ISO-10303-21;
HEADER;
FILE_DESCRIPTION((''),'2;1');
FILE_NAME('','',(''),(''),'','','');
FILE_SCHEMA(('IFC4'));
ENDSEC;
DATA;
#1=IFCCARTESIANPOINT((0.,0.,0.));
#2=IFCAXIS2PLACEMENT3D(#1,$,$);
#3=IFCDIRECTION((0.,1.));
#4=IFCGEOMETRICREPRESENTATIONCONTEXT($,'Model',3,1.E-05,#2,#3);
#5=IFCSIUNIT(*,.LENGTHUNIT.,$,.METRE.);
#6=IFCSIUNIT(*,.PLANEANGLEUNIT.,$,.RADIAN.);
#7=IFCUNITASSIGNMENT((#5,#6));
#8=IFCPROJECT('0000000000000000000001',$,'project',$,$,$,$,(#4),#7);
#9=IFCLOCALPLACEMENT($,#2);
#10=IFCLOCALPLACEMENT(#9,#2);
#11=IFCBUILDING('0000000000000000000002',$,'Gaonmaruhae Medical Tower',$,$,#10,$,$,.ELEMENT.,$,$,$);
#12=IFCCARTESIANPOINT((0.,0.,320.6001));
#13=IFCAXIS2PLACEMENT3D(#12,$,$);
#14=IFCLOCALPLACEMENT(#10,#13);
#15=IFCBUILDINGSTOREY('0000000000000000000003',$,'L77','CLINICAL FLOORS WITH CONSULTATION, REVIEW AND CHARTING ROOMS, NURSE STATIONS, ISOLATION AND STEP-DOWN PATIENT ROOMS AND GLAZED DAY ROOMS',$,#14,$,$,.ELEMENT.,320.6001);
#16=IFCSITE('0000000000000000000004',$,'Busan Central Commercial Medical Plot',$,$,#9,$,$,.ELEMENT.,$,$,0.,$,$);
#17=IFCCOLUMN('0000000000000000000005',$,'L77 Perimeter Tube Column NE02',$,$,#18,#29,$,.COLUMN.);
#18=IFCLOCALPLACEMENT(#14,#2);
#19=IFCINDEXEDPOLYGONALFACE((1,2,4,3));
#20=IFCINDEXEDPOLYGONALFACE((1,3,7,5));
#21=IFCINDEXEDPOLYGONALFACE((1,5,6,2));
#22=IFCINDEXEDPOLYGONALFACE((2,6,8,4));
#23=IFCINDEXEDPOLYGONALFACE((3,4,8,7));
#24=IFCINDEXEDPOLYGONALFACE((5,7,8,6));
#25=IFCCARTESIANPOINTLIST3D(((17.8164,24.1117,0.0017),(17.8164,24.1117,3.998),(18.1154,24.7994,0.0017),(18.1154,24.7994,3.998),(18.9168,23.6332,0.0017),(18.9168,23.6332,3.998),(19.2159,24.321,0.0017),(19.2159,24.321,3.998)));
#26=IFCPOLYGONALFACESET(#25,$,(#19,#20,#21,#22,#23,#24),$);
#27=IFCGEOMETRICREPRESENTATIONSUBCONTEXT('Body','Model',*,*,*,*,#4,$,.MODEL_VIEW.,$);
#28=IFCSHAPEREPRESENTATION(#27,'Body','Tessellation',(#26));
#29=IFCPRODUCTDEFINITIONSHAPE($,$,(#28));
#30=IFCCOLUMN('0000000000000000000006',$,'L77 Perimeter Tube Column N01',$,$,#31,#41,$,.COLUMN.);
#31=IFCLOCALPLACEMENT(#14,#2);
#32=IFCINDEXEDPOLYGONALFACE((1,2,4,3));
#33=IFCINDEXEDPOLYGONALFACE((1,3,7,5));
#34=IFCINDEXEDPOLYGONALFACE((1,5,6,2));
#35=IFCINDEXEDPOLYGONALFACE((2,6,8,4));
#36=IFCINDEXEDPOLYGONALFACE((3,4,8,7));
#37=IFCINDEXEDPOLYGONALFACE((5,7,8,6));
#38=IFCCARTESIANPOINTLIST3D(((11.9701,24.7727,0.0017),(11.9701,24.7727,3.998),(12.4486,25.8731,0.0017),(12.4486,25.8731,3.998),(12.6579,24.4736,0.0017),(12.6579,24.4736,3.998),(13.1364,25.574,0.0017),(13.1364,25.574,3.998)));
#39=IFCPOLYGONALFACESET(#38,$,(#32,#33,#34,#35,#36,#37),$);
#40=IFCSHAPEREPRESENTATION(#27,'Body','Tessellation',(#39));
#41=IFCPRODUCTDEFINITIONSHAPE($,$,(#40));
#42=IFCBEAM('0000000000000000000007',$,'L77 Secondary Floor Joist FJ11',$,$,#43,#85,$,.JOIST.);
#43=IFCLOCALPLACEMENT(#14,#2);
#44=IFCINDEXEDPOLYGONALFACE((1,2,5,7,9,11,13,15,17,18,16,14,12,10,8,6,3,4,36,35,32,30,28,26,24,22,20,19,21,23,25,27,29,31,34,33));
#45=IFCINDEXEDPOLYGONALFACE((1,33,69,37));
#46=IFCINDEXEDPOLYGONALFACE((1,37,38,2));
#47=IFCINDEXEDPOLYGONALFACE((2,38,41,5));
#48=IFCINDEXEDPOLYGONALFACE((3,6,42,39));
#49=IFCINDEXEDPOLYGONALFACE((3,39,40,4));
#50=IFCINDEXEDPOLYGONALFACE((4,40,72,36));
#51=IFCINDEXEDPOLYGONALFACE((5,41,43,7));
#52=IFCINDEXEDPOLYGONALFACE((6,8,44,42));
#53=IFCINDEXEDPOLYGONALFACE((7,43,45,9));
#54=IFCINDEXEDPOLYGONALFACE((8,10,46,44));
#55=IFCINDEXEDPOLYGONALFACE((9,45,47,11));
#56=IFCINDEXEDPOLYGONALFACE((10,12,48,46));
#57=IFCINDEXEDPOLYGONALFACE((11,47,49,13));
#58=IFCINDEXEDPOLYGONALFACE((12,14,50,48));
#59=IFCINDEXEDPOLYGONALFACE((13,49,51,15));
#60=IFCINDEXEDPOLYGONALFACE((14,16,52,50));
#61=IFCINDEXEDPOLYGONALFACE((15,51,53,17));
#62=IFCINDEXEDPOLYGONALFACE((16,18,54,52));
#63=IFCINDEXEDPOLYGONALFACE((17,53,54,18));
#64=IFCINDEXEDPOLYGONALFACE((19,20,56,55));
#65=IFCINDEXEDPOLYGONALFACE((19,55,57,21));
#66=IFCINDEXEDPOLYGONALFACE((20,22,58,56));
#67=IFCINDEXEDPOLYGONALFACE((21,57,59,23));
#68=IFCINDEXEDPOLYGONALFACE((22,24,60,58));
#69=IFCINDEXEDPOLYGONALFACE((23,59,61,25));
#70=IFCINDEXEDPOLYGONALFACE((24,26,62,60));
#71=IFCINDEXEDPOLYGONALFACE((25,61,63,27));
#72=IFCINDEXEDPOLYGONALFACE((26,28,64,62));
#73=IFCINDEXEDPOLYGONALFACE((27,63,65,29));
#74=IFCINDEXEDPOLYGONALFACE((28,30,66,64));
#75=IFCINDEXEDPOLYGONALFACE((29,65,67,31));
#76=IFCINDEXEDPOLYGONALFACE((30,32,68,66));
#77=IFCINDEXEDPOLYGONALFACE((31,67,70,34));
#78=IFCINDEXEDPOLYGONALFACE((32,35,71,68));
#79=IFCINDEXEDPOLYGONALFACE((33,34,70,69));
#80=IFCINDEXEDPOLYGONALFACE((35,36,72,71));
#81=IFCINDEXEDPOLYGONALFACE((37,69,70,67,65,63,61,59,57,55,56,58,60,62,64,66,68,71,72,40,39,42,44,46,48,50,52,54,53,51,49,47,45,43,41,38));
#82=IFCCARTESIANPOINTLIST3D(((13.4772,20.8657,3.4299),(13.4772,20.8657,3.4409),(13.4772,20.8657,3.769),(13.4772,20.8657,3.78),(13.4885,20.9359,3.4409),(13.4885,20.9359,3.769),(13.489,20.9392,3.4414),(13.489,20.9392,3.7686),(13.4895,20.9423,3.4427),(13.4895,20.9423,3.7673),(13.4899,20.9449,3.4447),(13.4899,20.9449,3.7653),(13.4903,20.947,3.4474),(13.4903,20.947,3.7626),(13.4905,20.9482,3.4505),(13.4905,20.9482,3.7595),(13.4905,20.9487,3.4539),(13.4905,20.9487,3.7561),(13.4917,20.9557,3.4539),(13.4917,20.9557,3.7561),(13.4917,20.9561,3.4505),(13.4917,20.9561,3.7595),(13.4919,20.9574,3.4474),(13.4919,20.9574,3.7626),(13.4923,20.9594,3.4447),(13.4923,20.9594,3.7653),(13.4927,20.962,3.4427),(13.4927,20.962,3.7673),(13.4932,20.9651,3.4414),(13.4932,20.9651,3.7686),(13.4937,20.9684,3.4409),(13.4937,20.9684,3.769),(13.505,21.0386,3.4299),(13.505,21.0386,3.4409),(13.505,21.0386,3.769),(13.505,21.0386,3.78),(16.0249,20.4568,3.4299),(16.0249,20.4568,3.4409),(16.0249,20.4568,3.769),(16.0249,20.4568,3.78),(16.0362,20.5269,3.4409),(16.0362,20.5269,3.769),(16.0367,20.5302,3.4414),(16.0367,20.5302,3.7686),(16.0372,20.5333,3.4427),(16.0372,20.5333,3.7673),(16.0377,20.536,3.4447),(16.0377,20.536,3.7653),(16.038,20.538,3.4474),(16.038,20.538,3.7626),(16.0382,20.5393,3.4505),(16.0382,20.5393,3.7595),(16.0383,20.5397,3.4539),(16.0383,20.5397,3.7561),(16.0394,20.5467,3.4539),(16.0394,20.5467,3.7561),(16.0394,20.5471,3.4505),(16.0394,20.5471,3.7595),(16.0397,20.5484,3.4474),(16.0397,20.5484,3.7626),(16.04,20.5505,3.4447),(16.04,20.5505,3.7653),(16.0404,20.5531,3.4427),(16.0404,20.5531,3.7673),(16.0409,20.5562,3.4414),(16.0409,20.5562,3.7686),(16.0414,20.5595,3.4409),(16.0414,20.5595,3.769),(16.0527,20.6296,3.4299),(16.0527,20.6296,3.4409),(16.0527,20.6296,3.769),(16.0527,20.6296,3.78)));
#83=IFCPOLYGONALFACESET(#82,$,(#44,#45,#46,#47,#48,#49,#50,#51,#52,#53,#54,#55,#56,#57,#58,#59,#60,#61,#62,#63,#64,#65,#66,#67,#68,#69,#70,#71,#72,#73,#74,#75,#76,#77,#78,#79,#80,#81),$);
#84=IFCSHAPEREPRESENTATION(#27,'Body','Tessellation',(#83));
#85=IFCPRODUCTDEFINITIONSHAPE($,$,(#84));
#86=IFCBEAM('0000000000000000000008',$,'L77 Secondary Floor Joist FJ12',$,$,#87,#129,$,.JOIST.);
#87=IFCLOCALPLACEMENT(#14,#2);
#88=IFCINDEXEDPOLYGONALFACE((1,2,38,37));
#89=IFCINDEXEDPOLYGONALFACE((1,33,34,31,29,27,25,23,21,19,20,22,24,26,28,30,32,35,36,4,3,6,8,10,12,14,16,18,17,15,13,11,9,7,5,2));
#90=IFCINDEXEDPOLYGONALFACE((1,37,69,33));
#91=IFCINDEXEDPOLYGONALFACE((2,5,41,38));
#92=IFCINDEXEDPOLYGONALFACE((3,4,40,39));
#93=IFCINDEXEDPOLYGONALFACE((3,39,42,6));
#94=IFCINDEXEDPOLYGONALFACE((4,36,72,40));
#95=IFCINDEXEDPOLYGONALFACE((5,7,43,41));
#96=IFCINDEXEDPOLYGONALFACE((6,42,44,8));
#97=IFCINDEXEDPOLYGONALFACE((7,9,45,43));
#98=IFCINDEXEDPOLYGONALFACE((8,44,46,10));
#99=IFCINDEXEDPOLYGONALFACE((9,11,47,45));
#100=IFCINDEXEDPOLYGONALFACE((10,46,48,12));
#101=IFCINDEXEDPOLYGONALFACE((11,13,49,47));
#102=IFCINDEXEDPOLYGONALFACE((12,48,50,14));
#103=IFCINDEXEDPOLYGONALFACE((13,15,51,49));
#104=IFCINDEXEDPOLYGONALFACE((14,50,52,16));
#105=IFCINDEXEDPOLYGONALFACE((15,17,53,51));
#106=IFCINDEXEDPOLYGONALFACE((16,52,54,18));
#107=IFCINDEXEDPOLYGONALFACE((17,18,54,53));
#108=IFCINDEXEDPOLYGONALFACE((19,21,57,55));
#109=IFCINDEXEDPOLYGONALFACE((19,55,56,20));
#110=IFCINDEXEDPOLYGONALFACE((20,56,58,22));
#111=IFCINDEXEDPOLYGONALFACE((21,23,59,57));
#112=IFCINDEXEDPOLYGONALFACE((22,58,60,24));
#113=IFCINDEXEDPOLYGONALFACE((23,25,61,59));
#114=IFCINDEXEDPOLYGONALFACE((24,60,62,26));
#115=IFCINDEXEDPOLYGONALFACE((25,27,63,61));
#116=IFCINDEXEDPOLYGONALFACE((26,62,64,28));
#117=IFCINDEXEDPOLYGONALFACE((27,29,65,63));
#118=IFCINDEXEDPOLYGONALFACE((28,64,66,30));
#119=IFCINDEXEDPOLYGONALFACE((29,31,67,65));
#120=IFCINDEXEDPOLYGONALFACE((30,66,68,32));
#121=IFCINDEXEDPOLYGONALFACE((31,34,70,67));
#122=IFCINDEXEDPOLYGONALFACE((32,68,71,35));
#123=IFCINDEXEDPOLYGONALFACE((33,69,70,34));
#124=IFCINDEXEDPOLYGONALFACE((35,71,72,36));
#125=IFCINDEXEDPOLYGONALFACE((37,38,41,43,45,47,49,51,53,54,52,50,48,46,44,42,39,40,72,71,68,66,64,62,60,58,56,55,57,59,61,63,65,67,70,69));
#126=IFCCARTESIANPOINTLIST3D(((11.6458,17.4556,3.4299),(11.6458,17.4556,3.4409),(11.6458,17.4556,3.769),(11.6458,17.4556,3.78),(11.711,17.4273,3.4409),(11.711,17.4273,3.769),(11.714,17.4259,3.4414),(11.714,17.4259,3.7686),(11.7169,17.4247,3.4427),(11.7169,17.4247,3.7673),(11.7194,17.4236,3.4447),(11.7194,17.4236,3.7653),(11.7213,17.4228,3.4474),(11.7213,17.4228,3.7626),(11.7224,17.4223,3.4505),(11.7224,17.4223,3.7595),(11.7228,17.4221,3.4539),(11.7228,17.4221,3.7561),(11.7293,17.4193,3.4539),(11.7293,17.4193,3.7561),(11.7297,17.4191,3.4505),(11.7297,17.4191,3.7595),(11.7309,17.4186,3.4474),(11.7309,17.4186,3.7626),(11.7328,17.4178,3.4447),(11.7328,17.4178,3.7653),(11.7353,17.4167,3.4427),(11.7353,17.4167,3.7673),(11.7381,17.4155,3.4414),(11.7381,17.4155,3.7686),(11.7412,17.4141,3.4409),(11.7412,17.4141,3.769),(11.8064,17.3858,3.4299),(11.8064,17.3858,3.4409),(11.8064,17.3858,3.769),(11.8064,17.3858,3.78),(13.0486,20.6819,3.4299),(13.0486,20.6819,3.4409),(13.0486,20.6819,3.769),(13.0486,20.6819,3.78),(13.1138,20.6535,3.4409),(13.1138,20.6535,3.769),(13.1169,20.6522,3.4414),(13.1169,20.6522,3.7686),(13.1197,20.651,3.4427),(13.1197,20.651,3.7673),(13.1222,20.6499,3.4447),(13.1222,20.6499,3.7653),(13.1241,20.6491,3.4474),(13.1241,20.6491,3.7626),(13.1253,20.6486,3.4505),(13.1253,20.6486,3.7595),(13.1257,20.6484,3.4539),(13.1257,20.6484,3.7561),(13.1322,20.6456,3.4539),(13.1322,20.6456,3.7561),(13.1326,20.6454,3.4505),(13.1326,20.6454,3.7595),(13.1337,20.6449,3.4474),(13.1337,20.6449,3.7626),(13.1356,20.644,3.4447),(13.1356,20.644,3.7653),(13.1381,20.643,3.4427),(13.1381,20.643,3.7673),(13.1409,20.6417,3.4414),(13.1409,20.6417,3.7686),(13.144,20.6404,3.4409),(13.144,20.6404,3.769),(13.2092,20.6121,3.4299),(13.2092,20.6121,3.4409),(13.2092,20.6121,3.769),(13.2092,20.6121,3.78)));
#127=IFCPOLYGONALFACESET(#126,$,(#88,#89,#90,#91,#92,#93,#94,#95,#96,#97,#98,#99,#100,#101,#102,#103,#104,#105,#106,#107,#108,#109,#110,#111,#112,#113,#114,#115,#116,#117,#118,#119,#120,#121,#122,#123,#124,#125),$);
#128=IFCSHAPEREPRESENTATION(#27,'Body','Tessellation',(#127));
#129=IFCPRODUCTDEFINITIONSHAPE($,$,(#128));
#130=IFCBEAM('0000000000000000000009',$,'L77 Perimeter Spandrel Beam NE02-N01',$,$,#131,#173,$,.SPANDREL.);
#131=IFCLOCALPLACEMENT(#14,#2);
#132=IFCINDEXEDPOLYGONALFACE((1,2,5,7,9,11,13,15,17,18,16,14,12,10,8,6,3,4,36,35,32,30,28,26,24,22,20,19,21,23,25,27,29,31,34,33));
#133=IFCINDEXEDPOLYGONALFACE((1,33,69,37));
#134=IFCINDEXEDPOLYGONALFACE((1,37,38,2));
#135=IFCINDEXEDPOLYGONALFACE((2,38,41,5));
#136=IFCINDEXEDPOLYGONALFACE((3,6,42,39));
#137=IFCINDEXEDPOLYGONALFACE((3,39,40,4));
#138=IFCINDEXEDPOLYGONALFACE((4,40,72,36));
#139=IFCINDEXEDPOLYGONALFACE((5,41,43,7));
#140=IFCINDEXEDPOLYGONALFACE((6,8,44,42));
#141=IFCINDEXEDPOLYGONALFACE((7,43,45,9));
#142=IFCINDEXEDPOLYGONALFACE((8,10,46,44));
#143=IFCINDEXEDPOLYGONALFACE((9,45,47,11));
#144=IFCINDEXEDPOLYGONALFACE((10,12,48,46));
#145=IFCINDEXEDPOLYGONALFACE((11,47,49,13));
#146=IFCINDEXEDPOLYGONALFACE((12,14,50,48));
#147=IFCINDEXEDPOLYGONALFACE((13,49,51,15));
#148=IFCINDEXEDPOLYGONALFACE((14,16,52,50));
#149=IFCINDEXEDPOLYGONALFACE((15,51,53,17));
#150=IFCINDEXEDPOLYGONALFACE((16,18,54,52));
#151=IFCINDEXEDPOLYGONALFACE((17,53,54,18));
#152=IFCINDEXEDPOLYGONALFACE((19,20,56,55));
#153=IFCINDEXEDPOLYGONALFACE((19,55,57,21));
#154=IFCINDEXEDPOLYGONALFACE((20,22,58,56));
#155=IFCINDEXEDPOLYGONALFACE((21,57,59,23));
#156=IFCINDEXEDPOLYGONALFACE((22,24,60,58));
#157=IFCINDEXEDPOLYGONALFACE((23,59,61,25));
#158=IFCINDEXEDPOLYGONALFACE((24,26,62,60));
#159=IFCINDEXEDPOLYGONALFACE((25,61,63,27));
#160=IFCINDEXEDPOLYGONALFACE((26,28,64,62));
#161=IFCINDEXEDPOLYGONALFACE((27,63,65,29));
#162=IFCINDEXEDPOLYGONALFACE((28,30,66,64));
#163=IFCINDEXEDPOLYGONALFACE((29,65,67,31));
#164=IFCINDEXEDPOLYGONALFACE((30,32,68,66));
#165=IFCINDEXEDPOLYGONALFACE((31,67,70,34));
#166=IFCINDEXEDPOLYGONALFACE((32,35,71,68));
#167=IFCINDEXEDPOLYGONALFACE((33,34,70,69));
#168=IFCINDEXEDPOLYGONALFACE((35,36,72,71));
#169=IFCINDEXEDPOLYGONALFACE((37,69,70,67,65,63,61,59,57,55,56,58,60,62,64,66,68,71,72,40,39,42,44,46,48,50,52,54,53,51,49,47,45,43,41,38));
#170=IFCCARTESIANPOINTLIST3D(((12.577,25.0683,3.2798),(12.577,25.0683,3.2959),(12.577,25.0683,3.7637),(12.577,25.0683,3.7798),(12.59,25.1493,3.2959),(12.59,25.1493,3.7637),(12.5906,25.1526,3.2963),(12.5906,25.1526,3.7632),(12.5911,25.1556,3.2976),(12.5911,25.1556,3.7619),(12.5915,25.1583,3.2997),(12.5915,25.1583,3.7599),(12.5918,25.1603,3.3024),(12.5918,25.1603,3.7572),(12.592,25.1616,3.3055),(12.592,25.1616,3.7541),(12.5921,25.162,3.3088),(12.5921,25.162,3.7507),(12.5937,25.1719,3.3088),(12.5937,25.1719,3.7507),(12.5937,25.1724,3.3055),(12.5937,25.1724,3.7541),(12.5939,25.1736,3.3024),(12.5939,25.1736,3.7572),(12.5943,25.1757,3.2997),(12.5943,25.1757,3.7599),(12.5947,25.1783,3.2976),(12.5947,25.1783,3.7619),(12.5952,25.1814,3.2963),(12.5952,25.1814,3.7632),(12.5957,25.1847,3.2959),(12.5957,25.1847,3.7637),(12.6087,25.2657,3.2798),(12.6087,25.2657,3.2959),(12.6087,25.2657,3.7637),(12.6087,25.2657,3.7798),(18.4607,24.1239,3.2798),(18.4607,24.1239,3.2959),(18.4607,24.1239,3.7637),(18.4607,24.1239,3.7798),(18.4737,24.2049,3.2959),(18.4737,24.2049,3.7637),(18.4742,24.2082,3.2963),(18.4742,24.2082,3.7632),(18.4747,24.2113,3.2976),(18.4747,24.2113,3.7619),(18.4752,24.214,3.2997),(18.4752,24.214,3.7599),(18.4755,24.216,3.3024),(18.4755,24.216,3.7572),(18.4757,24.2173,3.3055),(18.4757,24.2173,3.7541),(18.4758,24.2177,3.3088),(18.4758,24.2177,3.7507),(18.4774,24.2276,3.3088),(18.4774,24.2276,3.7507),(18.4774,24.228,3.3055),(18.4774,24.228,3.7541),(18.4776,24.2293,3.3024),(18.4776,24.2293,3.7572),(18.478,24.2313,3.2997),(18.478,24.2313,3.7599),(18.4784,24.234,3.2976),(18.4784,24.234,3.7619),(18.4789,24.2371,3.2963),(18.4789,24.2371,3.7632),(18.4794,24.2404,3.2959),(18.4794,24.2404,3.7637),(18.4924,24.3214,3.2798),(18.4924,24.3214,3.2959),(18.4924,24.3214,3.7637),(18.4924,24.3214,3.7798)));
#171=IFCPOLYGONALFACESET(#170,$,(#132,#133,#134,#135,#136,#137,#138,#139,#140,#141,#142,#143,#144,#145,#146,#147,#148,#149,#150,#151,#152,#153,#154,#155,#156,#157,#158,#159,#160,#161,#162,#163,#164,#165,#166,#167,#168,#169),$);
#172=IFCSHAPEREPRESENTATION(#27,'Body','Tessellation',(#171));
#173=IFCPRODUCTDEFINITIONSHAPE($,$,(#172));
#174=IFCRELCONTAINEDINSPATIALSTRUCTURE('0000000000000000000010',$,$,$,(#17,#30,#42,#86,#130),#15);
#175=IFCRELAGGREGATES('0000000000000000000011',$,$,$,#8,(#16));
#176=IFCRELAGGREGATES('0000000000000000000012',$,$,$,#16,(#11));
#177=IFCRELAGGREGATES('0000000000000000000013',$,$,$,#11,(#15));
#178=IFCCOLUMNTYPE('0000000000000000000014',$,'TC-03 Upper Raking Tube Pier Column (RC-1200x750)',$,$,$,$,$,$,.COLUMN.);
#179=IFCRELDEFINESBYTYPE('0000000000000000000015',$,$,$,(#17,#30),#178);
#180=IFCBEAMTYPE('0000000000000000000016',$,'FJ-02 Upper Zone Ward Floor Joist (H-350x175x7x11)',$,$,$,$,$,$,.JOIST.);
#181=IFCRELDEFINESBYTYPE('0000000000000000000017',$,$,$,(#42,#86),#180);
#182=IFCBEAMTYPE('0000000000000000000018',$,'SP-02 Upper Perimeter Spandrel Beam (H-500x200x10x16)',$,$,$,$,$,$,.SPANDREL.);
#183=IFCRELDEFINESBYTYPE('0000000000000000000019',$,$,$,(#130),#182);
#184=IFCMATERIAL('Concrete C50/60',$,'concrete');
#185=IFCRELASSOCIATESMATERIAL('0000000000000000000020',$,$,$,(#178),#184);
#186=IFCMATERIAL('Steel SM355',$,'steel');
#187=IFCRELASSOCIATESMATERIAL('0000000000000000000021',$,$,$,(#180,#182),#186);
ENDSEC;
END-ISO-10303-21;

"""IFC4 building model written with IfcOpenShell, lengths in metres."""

from ifc_helpers import new_model, si_unit, direction, frame, origin, origin_2d, place, context, subcontext, project, spatial, rectangle, i_section, extrude, material, material_profile, profile_set, type_object, element, save


model = new_model("IFC4")

# Units and contexts
model_context = context("Model", 3, precision=1e-05, world=origin(), true_north=direction((0.0, 1.0)))
body_context = subcontext(model_context, "Body", "Model", "MODEL_VIEW")
ifc_project = project(units=[si_unit("LENGTHUNIT", "METRE"), si_unit("PLANEANGLEUNIT", "RADIAN")], contexts=[model_context])

# Site, building, storey
site_placement = place(None, origin())
site = spatial("IfcSite", under=ifc_project, at=site_placement, Name="Busan Central Commercial Medical Plot", CompositionType="ELEMENT", RefElevation=0.0)
building_placement = place(site_placement, origin())
building = spatial("IfcBuilding", under=site, at=building_placement, Name="Gaonmaruhae Medical Tower", CompositionType="ELEMENT")
storey_placement = place(building_placement, frame((0.0, 0.0, 320.6001)))
storey = spatial("IfcBuildingStorey", under=building, at=storey_placement, Name="L77", Description="CLINICAL FLOORS WITH CONSULTATION, REVIEW AND CHARTING ROOMS, NURSE STATIONS, ISOLATION AND STEP-DOWN PATIENT ROOMS AND GLAZED DAY ROOMS", CompositionType="ELEMENT", Elevation=320.6001)

# Columns
ifc_material_1 = material(Name="Concrete C50/60", Category="concrete")
ifc_material_profile_1 = material_profile(ifc_material_1, rectangle(XDim=1.2, YDim=0.75, at=origin_2d()), Name="RC-1200x750")
ifc_profile_set_1 = profile_set([ifc_material_profile_1], Name="Concrete C50/60")
column_type = type_object("IfcColumnType", Name="TC-03 Upper Raking Tube Pier Column (RC-1200x750)", PredefinedType="COLUMN", material=ifc_profile_set_1)
for number, where, z_axis, x_axis, name in (
    (1, (18.5161, 24.2163, 0.0017), (0.0, 0.0, 1.0), (-0.91706, 0.398749, 0.0), "L77 Perimeter Tube Column NE02"),
    (2, (12.5532, 25.1733, 0.0017), (0.0, 0.0, 1.0), (0.398749, 0.91706, 0.0), "L77 Perimeter Tube Column N01"),
):
    element("IfcColumn", number, at=place(storey_placement, frame(where, z_axis=z_axis, x_axis=x_axis)), inside=storey, type_object=column_type, Name=name, PredefinedType="COLUMN", context=body_context, shape_type="SweptSolid", body=[
        extrude(rectangle(XDim=1.2, YDim=0.75, at=origin_2d()), origin(), (0.0, 0.0, 1.0), 3.9963),
    ])

# Beams
ifc_material_2 = material(Name="Steel SM355", Category="steel")
ifc_material_profile_2 = material_profile(ifc_material_2, i_section(OverallWidth=0.175, OverallDepth=0.3501, WebThickness=0.0071, FlangeThickness=0.011, FilletRadius=0.0129, at=origin_2d()), Name="H-350x175x7x11")
ifc_profile_set_2 = profile_set([ifc_material_profile_2], Name="Steel SM355")
beam_type_1 = type_object("IfcBeamType", Name="FJ-02 Upper Zone Ward Floor Joist (H-350x175x7x11)", PredefinedType="JOIST", material=ifc_profile_set_2)
beam_1_placement = place(storey_placement, frame((16.0388, 20.5432, 3.605), z_axis=(-0.987361, 0.158489, 0.0), x_axis=(-0.158489, -0.987361, 0.0)))
element("IfcBeam", 3, at=beam_1_placement, inside=storey, type_object=beam_type_1, Name="L77 Secondary Floor Joist FJ11", PredefinedType="JOIST", context=body_context, shape_type="SweptSolid", body=[
    extrude(i_section(OverallWidth=0.175, OverallDepth=0.3501, WebThickness=0.0071, FlangeThickness=0.011, FilletRadius=0.0129, at=origin_2d()), origin(), (0.0, 0.0, 1.0), 2.5803),
])
beam_2_placement = place(storey_placement, frame((13.1289, 20.647, 3.605), z_axis=(-0.398746, -0.917061, 0.0), x_axis=(0.917061, -0.398746, 0.0)))
element("IfcBeam", 4, at=beam_2_placement, inside=storey, type_object=beam_type_1, Name="L77 Secondary Floor Joist FJ12", PredefinedType="JOIST", context=body_context, shape_type="SweptSolid", body=[
    extrude(i_section(OverallWidth=0.175, OverallDepth=0.3501, WebThickness=0.0071, FlangeThickness=0.011, FilletRadius=0.0129, at=origin_2d()), origin(), (0.0, 0.0, 1.0), 3.5181),
])
ifc_material_profile_3 = material_profile(ifc_material_2, i_section(OverallWidth=0.2, OverallDepth=0.5, WebThickness=0.01, FlangeThickness=0.0161, FilletRadius=0.0129, at=origin_2d()), Name="H-500x200x10x16")
ifc_profile_set_3 = profile_set([ifc_material_profile_3], Name="Steel SM355")
beam_type_2 = type_object("IfcBeamType", Name="SP-02 Upper Perimeter Spandrel Beam (H-500x200x10x16)", PredefinedType="SPANDREL", material=ifc_profile_set_3)
beam_3_placement = place(storey_placement, frame((18.4766, 24.2227, 3.5298), z_axis=(-0.987364, 0.15847, 0.0), x_axis=(-0.15847, -0.987364, 0.0)))
element("IfcBeam", 5, at=beam_3_placement, inside=storey, type_object=beam_type_2, Name="L77 Perimeter Spandrel Beam NE02-N01", PredefinedType="SPANDREL", context=body_context, shape_type="SweptSolid", body=[
    extrude(i_section(OverallWidth=0.2, OverallDepth=0.5, WebThickness=0.01, FlangeThickness=0.0161, FilletRadius=0.0129, at=origin_2d()), origin(), (0.0, 0.0, 1.0), 5.959),
])

save(model, "model.ifc")
